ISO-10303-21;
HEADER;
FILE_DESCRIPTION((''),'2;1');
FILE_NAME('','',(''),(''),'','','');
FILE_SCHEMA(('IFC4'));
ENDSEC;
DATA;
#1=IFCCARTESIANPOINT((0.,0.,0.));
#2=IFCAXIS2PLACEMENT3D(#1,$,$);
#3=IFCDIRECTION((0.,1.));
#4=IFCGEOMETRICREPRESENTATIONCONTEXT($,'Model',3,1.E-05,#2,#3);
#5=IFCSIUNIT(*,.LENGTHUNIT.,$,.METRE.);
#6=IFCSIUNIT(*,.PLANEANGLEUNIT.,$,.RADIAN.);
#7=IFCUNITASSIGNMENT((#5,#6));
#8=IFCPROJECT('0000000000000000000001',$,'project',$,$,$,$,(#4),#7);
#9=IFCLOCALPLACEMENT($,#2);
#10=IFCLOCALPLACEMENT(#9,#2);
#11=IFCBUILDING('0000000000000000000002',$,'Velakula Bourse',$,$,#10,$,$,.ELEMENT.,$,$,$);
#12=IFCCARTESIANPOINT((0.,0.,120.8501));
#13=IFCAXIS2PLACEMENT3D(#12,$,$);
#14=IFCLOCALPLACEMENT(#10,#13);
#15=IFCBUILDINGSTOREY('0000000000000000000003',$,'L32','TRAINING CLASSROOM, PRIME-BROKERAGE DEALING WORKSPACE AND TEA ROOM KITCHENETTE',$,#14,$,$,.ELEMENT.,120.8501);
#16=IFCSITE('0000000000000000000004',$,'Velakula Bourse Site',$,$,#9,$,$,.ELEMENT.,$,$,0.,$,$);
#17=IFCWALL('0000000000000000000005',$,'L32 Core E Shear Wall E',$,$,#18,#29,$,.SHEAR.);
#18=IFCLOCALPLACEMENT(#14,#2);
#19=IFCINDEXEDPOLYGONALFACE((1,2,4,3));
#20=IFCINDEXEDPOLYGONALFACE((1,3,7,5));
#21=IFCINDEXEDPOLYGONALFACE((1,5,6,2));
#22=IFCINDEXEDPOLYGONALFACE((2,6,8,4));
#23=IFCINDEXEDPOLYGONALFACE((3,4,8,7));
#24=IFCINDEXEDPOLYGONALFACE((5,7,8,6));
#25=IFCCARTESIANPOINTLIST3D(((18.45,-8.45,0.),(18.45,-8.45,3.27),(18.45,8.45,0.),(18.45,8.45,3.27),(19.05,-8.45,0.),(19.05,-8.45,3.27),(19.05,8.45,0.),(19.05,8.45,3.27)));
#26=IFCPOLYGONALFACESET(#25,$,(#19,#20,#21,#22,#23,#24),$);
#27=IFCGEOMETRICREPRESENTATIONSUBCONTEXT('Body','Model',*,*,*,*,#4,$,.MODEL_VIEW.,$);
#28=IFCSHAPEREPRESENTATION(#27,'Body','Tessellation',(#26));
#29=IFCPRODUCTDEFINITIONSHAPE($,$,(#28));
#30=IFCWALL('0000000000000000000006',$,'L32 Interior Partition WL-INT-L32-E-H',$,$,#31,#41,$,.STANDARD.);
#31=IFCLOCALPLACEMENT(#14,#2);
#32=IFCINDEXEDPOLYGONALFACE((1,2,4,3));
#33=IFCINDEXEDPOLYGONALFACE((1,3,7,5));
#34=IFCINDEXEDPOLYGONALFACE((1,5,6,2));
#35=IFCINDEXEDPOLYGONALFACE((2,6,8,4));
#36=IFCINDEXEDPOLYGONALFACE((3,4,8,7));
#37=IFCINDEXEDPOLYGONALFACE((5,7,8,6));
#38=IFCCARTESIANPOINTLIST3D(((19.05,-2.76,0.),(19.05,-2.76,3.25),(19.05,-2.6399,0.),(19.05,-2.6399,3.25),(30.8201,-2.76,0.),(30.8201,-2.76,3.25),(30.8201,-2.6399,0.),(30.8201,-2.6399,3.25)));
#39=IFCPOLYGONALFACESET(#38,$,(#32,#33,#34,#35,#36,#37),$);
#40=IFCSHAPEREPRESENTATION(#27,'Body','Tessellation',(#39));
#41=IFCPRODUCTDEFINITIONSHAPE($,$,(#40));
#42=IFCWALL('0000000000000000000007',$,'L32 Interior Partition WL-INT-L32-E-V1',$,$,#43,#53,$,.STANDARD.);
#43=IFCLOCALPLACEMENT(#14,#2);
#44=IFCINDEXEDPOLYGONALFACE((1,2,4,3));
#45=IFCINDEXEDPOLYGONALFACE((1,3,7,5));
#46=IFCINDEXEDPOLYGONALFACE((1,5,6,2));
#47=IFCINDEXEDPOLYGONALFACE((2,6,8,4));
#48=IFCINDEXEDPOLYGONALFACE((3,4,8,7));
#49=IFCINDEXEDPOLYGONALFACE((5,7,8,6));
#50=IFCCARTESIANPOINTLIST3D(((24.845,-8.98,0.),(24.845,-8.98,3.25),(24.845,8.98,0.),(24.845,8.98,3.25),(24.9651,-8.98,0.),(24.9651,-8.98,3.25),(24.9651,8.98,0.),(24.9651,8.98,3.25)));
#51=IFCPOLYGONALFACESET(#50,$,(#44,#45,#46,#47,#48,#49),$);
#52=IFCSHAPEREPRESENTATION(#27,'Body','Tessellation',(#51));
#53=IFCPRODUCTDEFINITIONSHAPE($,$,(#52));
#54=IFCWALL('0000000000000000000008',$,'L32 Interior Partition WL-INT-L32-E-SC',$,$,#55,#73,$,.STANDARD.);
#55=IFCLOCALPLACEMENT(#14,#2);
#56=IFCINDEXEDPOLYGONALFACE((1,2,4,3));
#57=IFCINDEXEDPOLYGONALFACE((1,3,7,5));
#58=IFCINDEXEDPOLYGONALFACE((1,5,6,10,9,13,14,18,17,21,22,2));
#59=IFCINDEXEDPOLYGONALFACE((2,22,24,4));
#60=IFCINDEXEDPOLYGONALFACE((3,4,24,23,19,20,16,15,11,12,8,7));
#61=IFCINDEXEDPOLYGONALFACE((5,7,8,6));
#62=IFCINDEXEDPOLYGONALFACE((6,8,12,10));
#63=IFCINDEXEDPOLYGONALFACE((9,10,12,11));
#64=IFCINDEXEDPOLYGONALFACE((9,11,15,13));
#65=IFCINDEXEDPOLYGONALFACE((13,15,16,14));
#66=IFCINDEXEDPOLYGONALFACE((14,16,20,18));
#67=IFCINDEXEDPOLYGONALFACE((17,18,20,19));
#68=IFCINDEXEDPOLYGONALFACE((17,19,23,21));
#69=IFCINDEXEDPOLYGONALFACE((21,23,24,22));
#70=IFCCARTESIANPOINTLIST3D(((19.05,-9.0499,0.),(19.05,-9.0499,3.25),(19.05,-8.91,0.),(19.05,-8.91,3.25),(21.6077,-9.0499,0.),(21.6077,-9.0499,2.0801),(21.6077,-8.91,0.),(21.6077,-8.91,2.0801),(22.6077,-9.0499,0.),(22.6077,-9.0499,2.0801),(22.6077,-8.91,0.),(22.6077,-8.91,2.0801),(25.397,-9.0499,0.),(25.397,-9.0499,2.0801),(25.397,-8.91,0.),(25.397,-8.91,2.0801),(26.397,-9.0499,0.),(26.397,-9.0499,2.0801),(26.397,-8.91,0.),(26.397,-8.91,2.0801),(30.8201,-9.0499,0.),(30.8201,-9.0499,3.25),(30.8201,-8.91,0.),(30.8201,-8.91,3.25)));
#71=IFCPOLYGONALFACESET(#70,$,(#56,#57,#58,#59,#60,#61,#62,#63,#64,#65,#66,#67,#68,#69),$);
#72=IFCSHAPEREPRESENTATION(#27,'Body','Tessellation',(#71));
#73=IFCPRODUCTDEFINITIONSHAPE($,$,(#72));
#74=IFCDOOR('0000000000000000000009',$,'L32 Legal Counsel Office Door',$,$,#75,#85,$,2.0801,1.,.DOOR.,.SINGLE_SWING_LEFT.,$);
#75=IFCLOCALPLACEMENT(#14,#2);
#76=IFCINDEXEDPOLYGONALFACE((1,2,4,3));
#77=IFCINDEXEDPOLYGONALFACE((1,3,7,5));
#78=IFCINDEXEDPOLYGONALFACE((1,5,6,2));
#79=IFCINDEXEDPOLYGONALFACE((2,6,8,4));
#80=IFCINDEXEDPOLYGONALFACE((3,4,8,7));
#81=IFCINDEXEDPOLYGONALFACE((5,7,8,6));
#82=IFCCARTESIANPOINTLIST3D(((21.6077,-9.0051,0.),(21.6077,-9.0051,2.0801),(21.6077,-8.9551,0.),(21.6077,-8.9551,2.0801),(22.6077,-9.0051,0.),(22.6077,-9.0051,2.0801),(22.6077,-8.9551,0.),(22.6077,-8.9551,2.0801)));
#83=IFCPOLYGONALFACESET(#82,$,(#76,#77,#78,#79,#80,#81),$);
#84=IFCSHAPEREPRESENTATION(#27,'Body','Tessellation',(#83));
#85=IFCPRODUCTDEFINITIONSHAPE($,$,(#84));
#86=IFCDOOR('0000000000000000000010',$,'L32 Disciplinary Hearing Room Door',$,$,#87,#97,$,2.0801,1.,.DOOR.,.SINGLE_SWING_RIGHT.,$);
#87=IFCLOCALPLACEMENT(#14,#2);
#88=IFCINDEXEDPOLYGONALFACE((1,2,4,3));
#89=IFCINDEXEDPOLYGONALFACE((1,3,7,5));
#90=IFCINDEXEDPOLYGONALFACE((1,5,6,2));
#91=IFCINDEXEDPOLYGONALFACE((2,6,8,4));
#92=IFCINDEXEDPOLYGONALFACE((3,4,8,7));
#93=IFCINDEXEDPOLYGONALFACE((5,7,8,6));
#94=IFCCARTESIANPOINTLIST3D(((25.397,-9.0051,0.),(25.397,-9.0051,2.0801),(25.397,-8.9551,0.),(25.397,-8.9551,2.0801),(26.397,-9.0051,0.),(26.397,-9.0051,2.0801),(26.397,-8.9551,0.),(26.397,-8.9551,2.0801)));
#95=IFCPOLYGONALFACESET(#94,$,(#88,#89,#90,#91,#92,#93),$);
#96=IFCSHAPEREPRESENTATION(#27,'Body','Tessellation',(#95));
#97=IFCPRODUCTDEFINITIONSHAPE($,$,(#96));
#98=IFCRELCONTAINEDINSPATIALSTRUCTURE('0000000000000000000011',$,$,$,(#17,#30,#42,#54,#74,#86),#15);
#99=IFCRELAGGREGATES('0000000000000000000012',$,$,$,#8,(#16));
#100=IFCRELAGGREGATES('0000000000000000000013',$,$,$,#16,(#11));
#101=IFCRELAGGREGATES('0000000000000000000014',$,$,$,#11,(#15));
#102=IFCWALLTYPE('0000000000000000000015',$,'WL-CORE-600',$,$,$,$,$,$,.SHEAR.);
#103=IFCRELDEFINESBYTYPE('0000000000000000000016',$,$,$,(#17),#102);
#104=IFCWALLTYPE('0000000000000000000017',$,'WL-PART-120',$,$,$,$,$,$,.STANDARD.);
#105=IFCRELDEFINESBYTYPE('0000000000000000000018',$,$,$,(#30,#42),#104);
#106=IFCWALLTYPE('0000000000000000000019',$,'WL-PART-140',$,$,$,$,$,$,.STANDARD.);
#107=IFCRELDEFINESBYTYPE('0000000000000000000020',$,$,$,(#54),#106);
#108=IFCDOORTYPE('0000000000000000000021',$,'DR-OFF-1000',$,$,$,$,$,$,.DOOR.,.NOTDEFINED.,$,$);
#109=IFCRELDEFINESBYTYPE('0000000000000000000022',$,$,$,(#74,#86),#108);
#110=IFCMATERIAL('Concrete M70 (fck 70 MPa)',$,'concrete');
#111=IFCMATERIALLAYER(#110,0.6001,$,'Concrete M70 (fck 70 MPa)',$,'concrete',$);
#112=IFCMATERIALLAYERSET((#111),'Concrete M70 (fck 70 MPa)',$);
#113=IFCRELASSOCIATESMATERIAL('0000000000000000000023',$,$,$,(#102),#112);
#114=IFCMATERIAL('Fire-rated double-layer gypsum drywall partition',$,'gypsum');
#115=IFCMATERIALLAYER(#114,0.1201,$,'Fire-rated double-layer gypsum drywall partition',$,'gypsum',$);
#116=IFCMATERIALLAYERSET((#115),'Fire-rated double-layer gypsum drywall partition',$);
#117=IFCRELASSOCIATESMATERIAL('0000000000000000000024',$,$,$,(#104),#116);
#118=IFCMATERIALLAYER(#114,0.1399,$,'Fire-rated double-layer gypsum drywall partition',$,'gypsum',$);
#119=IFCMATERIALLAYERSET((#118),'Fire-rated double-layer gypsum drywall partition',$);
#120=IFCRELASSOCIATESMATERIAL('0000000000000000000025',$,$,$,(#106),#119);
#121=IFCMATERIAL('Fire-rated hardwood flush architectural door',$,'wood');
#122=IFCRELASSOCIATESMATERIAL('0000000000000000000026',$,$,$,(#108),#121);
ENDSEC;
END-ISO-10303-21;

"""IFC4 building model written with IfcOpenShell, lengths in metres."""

from ifc_helpers import new_model, si_unit, direction, frame, frame_2d, origin, place, context, subcontext, project, spatial, rectangle, extrude, material, layer, layer_set, type_object, element, fill, save


model = new_model("IFC4")

# Units and contexts
model_context = context("Model", 3, precision=1e-05, world=origin(), true_north=direction((0.0, 1.0)))
body_context = subcontext(model_context, "Body", "Model", "MODEL_VIEW")
ifc_project = project(units=[si_unit("LENGTHUNIT", "METRE"), si_unit("PLANEANGLEUNIT", "RADIAN")], contexts=[model_context])

# Site, building, storey
site_placement = place(None, origin())
site = spatial("IfcSite", under=ifc_project, at=site_placement, Name="Velakula Bourse Site", CompositionType="ELEMENT", RefElevation=0.0)
building_placement = place(site_placement, origin())
building = spatial("IfcBuilding", under=site, at=building_placement, Name="Velakula Bourse", CompositionType="ELEMENT")
storey_placement = place(building_placement, frame((0.0, 0.0, 120.8501)))
storey = spatial("IfcBuildingStorey", under=building, at=storey_placement, Name="L32", Description="TRAINING CLASSROOM, PRIME-BROKERAGE DEALING WORKSPACE AND TEA ROOM KITCHENETTE", CompositionType="ELEMENT", Elevation=120.8501)

# Shared definitions
ifc_material_1 = material(Name="Concrete M70 (fck 70 MPa)", Category="concrete")

# Walls
ifc_layer_1 = layer(ifc_material_1, 0.6001, Name="Concrete M70 (fck 70 MPa)", Category="concrete")
ifc_layer_set_1 = layer_set([ifc_layer_1], Name="Concrete M70 (fck 70 MPa)")
wall_type_1 = type_object("IfcWallType", Name="WL-CORE-600", PredefinedType="SHEAR", material=ifc_layer_set_1)
wall_1_placement = place(storey_placement, frame((18.75, -8.45, 0.0), z_axis=(0.0, 0.0, 1.0), x_axis=(0.0, 1.0, 0.0)))
element("IfcWall", 1, at=wall_1_placement, inside=storey, type_object=wall_type_1, Name="L32 Core E Shear Wall E", PredefinedType="SHEAR", context=body_context, shape_type="SweptSolid", body=[
    extrude(rectangle(XDim=16.8999, YDim=0.6001, at=frame_2d((8.45, 0.0))), origin(), (0.0, 0.0, 1.0), 3.27),
])
ifc_material_2 = material(Name="Fire-rated double-layer gypsum drywall partition", Category="gypsum")
ifc_layer_2 = layer(ifc_material_2, 0.1201, Name="Fire-rated double-layer gypsum drywall partition", Category="gypsum")
ifc_layer_set_2 = layer_set([ifc_layer_2], Name="Fire-rated double-layer gypsum drywall partition")
wall_type_2 = type_object("IfcWallType", Name="WL-PART-120", PredefinedType="STANDARD", material=ifc_layer_set_2)
wall_2_placement = place(storey_placement, frame((19.05, -2.7, 0.0), z_axis=(0.0, 0.0, 1.0), x_axis=(1.0, 0.0, 0.0)))
element("IfcWall", 2, at=wall_2_placement, inside=storey, type_object=wall_type_2, Name="L32 Interior Partition WL-INT-L32-E-H", PredefinedType="STANDARD", context=body_context, shape_type="SweptSolid", body=[
    extrude(rectangle(XDim=11.77, YDim=0.1201, at=frame_2d((5.885, 0.0))), origin(), (0.0, 0.0, 1.0), 3.25),
])
wall_3_placement = place(storey_placement, frame((24.905, -8.98, 0.0), z_axis=(0.0, 0.0, 1.0), x_axis=(0.0, 1.0, 0.0)))
element("IfcWall", 3, at=wall_3_placement, inside=storey, type_object=wall_type_2, Name="L32 Interior Partition WL-INT-L32-E-V1", PredefinedType="STANDARD", context=body_context, shape_type="SweptSolid", body=[
    extrude(rectangle(XDim=17.96, YDim=0.1201, at=frame_2d((8.98, 0.0))), origin(), (0.0, 0.0, 1.0), 3.25),
])

# Wall, openings, doors
ifc_layer_3 = layer(ifc_material_2, 0.1399, Name="Fire-rated double-layer gypsum drywall partition", Category="gypsum")
ifc_layer_set_3 = layer_set([ifc_layer_3], Name="Fire-rated double-layer gypsum drywall partition")
wall_type_3 = type_object("IfcWallType", Name="WL-PART-140", PredefinedType="STANDARD", material=ifc_layer_set_3)
wall_4_placement = place(storey_placement, frame((19.05, -8.98, 0.0), z_axis=(0.0, 0.0, 1.0), x_axis=(1.0, 0.0, 0.0)))
wall_4 = element("IfcWall", 4, at=wall_4_placement, inside=storey, type_object=wall_type_3, Name="L32 Interior Partition WL-INT-L32-E-SC", PredefinedType="STANDARD", context=body_context, shape_type="SweptSolid", body=[
    extrude(rectangle(XDim=11.77, YDim=0.1399, at=frame_2d((5.885, 0.0))), origin(), (0.0, 0.0, 1.0), 3.25),
])
opening_1_placement = place(wall_4_placement, frame((2.5576, 0.0, 0.0)))
opening_1 = element("IfcOpeningElement", 5, at=opening_1_placement, cuts=wall_4, PredefinedType="OPENING", context=body_context, shape_type="SweptSolid", body=[
    extrude(rectangle(XDim=1.0, YDim=2.0801, at=frame_2d((0.5, 1.04))), frame((0.0, 0.0798, 0.0), z_axis=(0.0, -1.0, 0.0), x_axis=(1.0, 0.0, 0.0)), (0.0, 0.0, 1.0), 0.1599),
])
opening_2_placement = place(wall_4_placement, frame((6.3469, 0.0, 0.0)))
opening_2 = element("IfcOpeningElement", 6, at=opening_2_placement, cuts=wall_4, PredefinedType="OPENING", context=body_context, shape_type="SweptSolid", body=[
    extrude(rectangle(XDim=1.0, YDim=2.0801, at=frame_2d((0.5, 1.04))), frame((0.0, 0.0798, 0.0), z_axis=(0.0, -1.0, 0.0), x_axis=(1.0, 0.0, 0.0)), (0.0, 0.0, 1.0), 0.1599),
])
ifc_material_3 = material(Name="Fire-rated hardwood flush architectural door", Category="wood")
door_type = type_object("IfcDoorType", Name="DR-OFF-1000", OperationType="NOTDEFINED", PredefinedType="DOOR", material=ifc_material_3)
door_1_placement = place(opening_1_placement, origin())
door_1 = element("IfcDoor", 7, at=door_1_placement, inside=storey, type_object=door_type, Name="L32 Legal Counsel Office Door", OperationType="SINGLE_SWING_LEFT", OverallHeight=2.0801, OverallWidth=1.0, PredefinedType="DOOR", context=body_context, shape_type="SweptSolid", body=[
    extrude(rectangle(XDim=1.0, YDim=2.0801, at=frame_2d((0.5, 1.04))), frame((0.0, 0.0249, 0.0), z_axis=(0.0, -1.0, 0.0), x_axis=(1.0, 0.0, 0.0)), (0.0, 0.0, 1.0), 0.05),
])
fill(opening_1, door_1)
door_2_placement = place(opening_2_placement, origin())
door_2 = element("IfcDoor", 8, at=door_2_placement, inside=storey, type_object=door_type, Name="L32 Disciplinary Hearing Room Door", OperationType="SINGLE_SWING_RIGHT", OverallHeight=2.0801, OverallWidth=1.0, PredefinedType="DOOR", context=body_context, shape_type="SweptSolid", body=[
    extrude(rectangle(XDim=1.0, YDim=2.0801, at=frame_2d((0.5, 1.04))), frame((0.0, 0.0249, 0.0), z_axis=(0.0, -1.0, 0.0), x_axis=(1.0, 0.0, 0.0)), (0.0, 0.0, 1.0), 0.05),
])
fill(opening_2, door_2)

save(model, "model.ifc")
